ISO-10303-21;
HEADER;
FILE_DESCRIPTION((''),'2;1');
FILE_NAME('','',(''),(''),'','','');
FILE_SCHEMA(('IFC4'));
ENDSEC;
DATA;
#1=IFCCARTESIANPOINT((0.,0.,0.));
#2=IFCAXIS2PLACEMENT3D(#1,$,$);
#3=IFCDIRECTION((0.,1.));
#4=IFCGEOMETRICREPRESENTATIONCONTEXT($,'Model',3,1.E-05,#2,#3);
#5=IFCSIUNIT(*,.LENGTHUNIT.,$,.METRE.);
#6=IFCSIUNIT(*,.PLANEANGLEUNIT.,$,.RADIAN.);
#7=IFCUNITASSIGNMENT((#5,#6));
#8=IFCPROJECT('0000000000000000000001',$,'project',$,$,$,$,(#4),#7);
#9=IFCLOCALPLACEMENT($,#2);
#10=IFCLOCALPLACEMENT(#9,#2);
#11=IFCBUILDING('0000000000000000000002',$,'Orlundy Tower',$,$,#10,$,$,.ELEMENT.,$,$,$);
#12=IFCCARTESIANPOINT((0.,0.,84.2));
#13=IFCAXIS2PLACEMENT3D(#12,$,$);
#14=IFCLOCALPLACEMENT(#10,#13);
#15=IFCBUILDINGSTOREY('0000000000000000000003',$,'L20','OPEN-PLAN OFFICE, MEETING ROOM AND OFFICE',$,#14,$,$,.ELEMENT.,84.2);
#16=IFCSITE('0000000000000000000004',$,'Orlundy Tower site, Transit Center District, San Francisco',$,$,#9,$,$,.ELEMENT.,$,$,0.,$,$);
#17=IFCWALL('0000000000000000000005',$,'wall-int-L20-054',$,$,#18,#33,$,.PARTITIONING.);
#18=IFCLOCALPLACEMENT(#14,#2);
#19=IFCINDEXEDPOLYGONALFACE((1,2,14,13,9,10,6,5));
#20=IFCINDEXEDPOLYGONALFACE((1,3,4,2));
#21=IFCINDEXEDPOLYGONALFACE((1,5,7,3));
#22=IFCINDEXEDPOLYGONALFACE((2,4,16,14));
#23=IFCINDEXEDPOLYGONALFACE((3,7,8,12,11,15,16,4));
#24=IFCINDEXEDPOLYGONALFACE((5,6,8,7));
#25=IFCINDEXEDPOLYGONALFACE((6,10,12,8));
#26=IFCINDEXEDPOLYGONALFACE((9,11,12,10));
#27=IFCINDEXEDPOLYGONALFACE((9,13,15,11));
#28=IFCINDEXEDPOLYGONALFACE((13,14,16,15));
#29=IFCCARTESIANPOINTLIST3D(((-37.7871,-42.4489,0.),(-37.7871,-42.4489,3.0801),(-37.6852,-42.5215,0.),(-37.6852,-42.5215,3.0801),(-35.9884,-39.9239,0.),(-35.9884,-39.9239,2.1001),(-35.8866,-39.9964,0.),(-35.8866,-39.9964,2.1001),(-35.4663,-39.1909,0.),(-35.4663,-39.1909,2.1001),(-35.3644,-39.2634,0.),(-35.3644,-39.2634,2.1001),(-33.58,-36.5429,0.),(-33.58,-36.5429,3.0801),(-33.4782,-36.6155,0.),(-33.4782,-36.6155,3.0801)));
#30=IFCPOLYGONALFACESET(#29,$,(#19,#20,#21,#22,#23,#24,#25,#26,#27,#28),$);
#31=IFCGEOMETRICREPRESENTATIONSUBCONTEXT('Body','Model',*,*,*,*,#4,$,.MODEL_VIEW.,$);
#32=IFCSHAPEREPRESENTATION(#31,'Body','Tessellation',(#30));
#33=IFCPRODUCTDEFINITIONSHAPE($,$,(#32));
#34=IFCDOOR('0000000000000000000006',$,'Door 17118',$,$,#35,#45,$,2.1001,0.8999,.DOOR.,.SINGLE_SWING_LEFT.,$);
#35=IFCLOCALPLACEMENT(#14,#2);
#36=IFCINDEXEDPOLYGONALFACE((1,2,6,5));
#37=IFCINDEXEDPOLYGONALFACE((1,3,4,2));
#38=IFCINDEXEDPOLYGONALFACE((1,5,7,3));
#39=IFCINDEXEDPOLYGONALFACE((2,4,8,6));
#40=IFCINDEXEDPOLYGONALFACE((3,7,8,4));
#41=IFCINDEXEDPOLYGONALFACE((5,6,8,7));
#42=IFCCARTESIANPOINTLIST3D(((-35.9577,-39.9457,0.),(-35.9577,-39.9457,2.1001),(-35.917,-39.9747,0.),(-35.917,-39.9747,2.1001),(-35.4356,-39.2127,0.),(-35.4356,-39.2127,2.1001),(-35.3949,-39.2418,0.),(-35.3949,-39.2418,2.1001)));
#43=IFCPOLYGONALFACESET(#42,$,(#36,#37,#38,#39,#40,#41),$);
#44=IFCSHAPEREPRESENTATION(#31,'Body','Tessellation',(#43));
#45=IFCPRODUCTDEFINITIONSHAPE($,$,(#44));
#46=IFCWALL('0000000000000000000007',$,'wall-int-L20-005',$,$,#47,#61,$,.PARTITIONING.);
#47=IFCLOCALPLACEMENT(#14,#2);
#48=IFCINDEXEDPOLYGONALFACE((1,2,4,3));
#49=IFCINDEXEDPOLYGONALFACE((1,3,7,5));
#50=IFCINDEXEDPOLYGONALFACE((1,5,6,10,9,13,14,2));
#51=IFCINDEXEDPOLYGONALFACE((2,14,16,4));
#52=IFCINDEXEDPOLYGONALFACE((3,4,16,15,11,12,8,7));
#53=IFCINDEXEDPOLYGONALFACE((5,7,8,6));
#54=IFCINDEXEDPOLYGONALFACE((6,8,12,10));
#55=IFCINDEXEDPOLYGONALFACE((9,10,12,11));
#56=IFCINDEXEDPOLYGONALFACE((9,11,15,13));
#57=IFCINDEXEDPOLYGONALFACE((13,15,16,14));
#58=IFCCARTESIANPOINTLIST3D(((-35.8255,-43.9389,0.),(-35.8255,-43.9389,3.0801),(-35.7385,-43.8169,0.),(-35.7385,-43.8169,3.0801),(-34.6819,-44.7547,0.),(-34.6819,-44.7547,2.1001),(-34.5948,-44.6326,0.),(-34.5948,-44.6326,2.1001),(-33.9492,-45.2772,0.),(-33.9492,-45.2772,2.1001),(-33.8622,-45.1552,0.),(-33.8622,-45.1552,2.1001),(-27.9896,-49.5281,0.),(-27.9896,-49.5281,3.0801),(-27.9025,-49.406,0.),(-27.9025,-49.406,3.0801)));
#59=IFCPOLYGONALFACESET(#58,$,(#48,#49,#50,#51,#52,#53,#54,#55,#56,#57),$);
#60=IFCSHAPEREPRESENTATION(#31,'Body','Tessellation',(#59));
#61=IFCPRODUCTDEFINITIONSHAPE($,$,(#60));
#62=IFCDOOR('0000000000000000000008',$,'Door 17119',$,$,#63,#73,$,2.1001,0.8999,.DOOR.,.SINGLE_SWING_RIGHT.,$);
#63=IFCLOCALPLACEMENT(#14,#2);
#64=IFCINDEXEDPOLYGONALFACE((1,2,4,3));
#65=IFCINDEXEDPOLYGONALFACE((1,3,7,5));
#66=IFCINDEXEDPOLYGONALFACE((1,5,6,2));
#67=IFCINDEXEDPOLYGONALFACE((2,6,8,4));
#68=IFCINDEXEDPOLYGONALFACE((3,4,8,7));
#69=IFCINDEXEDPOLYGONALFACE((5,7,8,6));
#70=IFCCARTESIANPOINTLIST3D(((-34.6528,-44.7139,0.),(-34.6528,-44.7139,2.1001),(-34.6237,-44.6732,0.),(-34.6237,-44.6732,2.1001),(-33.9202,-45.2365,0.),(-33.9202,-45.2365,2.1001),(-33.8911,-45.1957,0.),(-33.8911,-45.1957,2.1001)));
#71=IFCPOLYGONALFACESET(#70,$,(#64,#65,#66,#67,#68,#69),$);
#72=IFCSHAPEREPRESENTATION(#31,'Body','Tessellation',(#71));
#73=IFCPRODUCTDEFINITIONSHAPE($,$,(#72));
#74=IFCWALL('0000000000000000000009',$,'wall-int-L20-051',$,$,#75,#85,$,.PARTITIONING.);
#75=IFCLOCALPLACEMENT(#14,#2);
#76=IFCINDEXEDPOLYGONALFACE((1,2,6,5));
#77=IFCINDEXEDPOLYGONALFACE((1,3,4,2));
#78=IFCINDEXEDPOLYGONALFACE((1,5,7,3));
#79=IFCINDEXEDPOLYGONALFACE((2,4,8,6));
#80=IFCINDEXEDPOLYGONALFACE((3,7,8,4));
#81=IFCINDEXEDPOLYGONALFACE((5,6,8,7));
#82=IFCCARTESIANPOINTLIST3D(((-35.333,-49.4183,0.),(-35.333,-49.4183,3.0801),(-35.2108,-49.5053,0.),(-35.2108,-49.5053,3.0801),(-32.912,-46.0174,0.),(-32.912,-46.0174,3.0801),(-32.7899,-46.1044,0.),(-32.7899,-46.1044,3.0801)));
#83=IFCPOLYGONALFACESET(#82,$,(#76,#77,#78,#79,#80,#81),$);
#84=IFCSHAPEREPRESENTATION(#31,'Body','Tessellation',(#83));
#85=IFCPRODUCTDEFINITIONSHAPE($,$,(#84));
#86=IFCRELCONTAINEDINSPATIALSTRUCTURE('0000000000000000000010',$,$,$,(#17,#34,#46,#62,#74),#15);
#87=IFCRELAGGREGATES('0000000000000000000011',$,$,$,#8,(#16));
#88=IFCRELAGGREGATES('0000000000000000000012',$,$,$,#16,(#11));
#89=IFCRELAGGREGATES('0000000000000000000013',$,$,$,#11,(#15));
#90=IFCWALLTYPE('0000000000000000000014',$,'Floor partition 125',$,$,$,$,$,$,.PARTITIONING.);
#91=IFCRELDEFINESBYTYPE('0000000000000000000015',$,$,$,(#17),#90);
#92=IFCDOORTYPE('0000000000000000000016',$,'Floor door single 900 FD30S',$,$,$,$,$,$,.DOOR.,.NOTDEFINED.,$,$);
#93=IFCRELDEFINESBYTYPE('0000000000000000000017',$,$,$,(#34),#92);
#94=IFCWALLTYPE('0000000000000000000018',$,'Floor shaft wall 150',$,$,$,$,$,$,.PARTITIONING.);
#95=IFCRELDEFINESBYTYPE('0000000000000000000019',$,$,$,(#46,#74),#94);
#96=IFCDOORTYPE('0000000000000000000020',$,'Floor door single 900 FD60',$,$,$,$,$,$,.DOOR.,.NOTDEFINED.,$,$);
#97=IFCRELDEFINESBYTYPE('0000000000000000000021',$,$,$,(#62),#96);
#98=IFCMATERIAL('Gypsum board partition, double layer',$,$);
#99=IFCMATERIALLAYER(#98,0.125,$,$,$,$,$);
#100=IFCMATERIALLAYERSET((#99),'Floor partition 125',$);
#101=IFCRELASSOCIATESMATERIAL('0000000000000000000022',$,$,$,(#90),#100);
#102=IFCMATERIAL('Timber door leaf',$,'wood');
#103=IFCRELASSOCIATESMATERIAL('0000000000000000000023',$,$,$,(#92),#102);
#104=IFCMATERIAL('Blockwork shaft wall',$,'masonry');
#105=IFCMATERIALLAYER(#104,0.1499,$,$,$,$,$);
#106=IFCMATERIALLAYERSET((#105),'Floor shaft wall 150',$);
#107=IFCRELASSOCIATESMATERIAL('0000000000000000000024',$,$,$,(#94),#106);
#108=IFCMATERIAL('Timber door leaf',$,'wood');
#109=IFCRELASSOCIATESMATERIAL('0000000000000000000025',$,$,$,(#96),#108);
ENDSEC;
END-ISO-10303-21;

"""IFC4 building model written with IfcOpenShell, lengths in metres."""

from ifc_helpers import new_model, si_unit, direction, frame, frame_2d, origin, place, context, subcontext, project, spatial, rectangle, extrude, material, layer, layer_set, type_object, element, fill, save


model = new_model("IFC4")

# Units and contexts
model_context = context("Model", 3, precision=1e-05, world=origin(), true_north=direction((0.0, 1.0)))
body_context = subcontext(model_context, "Body", "Model", "MODEL_VIEW")
ifc_project = project(units=[si_unit("LENGTHUNIT", "METRE"), si_unit("PLANEANGLEUNIT", "RADIAN")], contexts=[model_context])

# Site, building, storey
site_placement = place(None, origin())
site = spatial("IfcSite", under=ifc_project, at=site_placement, Name="Orlundy Tower site, Transit Center District, San Francisco", CompositionType="ELEMENT", RefElevation=0.0)
building_placement = place(site_placement, origin())
building = spatial("IfcBuilding", under=site, at=building_placement, Name="Orlundy Tower", CompositionType="ELEMENT")
storey_placement = place(building_placement, frame((0.0, 0.0, 84.2)))
storey = spatial("IfcBuildingStorey", under=building, at=storey_placement, Name="L20", Description="OPEN-PLAN OFFICE, MEETING ROOM AND OFFICE", CompositionType="ELEMENT", Elevation=84.2)

# Shared definitions
ifc_material_1 = material(Name="Gypsum board partition, double layer")
ifc_layer_1 = layer(ifc_material_1, 0.125)
ifc_layer_set_1 = layer_set([ifc_layer_1], Name="Floor partition 125")
wall_type_1 = type_object("IfcWallType", Name="Floor partition 125", PredefinedType="PARTITIONING", material=ifc_layer_set_1)

# Shared definitions
ifc_material_2 = material(Name="Timber door leaf", Category="wood")
door_type_1 = type_object("IfcDoorType", Name="Floor door single 900 FD30S", OperationType="NOTDEFINED", PredefinedType="DOOR", material=ifc_material_2)

# Walls, openings, doors
wall_1_placement = place(storey_placement, frame((-37.7361, -42.4851, 0.0), z_axis=(0.0, 0.0, 1.0), x_axis=(0.580184, 0.814486, 0.0)))
wall_1 = element("IfcWall", 1, at=wall_1_placement, inside=storey, type_object=wall_type_1, Name="wall-int-L20-054", PredefinedType="PARTITIONING", context=body_context, shape_type="SweptSolid", body=[
    extrude(rectangle(XDim=7.2512, YDim=0.125, at=frame_2d((3.6255, 0.0))), origin(), (0.0, 0.0, 1.0), 3.0801),
])
opening_1_placement = place(wall_1_placement, frame((3.1001, 0.0, 0.0)))
opening_1 = element("IfcOpeningElement", 2, at=opening_1_placement, cuts=wall_1, PredefinedType="OPENING", context=body_context, shape_type="SweptSolid", body=[
    extrude(rectangle(XDim=0.8999, YDim=2.1001, at=frame_2d((0.45, 1.05))), frame((0.0, 0.0725, 0.0), z_axis=(0.0, -1.0, 0.0), x_axis=(1.0, 0.0, 0.0)), (0.0, 0.0, 1.0), 0.145),
])
door_1_placement = place(opening_1_placement, origin())
door_1 = element("IfcDoor", 3, at=door_1_placement, inside=storey, type_object=door_type_1, Name="Door 17118", OperationType="SINGLE_SWING_LEFT", OverallHeight=2.1001, OverallWidth=0.8999, PredefinedType="DOOR", context=body_context, shape_type="SweptSolid", body=[
    extrude(rectangle(XDim=0.8999, YDim=2.1001, at=frame_2d((0.45, 1.05))), frame((0.0, 0.0249, 0.0), z_axis=(0.0, -1.0, 0.0), x_axis=(1.0, 0.0, 0.0)), (0.0, 0.0, 1.0), 0.05),
])
fill(opening_1, door_1)
ifc_material_3 = material(Name="Blockwork shaft wall", Category="masonry")
ifc_layer_2 = layer(ifc_material_3, 0.1499)
ifc_layer_set_2 = layer_set([ifc_layer_2], Name="Floor shaft wall 150")
wall_type_2 = type_object("IfcWallType", Name="Floor shaft wall 150", PredefinedType="PARTITIONING", material=ifc_layer_set_2)
wall_2_placement = place(storey_placement, frame((-27.946, -49.467, 0.0), z_axis=(0.0, 0.0, 1.0), x_axis=(-0.814126, 0.580689, 0.0)))
wall_2 = element("IfcWall", 4, at=wall_2_placement, inside=storey, type_object=wall_type_2, Name="wall-int-L20-005", PredefinedType="PARTITIONING", context=body_context, shape_type="SweptSolid", body=[
    extrude(rectangle(XDim=9.625, YDim=0.1499, at=frame_2d((4.8125, 0.0))), origin(), (0.0, 0.0, 1.0), 3.0801),
])
opening_2_placement = place(wall_2_placement, frame((7.3203, 0.0, 0.0)))
opening_2 = element("IfcOpeningElement", 5, at=opening_2_placement, cuts=wall_2, PredefinedType="OPENING", context=body_context, shape_type="SweptSolid", body=[
    extrude(rectangle(XDim=0.8999, YDim=2.1001, at=frame_2d((0.45, 1.05))), frame((0.0, 0.085, 0.0), z_axis=(0.0, -1.0, 0.0), x_axis=(1.0, 0.0, 0.0)), (0.0, 0.0, 1.0), 0.1699),
])
ifc_material_4 = material(Name="Timber door leaf", Category="wood")
door_type_2 = type_object("IfcDoorType", Name="Floor door single 900 FD60", OperationType="NOTDEFINED", PredefinedType="DOOR", material=ifc_material_4)
door_2_placement = place(opening_2_placement, origin())
door_2 = element("IfcDoor", 6, at=door_2_placement, inside=storey, type_object=door_type_2, Name="Door 17119", OperationType="SINGLE_SWING_RIGHT", OverallHeight=2.1001, OverallWidth=0.8999, PredefinedType="DOOR", context=body_context, shape_type="SweptSolid", body=[
    extrude(rectangle(XDim=0.8999, YDim=2.1001, at=frame_2d((0.45, 1.05))), frame((0.0, 0.0249, 0.0), z_axis=(0.0, -1.0, 0.0), x_axis=(1.0, 0.0, 0.0)), (0.0, 0.0, 1.0), 0.05),
])
fill(opening_2, door_2)

# Wall
wall_3_placement = place(storey_placement, frame((-35.272, -49.4619, 0.0), z_axis=(0.0, 0.0, 1.0), x_axis=(0.579921, 0.814673, 0.0)))
element("IfcWall", 7, at=wall_3_placement, inside=storey, type_object=wall_type_2, Name="wall-int-L20-051", PredefinedType="PARTITIONING", context=body_context, shape_type="SweptSolid", body=[
    extrude(rectangle(XDim=4.1746, YDim=0.1499, at=frame_2d((2.0874, 0.0))), origin(), (0.0, 0.0, 1.0), 3.0801),
])

save(model, "model.ifc")
